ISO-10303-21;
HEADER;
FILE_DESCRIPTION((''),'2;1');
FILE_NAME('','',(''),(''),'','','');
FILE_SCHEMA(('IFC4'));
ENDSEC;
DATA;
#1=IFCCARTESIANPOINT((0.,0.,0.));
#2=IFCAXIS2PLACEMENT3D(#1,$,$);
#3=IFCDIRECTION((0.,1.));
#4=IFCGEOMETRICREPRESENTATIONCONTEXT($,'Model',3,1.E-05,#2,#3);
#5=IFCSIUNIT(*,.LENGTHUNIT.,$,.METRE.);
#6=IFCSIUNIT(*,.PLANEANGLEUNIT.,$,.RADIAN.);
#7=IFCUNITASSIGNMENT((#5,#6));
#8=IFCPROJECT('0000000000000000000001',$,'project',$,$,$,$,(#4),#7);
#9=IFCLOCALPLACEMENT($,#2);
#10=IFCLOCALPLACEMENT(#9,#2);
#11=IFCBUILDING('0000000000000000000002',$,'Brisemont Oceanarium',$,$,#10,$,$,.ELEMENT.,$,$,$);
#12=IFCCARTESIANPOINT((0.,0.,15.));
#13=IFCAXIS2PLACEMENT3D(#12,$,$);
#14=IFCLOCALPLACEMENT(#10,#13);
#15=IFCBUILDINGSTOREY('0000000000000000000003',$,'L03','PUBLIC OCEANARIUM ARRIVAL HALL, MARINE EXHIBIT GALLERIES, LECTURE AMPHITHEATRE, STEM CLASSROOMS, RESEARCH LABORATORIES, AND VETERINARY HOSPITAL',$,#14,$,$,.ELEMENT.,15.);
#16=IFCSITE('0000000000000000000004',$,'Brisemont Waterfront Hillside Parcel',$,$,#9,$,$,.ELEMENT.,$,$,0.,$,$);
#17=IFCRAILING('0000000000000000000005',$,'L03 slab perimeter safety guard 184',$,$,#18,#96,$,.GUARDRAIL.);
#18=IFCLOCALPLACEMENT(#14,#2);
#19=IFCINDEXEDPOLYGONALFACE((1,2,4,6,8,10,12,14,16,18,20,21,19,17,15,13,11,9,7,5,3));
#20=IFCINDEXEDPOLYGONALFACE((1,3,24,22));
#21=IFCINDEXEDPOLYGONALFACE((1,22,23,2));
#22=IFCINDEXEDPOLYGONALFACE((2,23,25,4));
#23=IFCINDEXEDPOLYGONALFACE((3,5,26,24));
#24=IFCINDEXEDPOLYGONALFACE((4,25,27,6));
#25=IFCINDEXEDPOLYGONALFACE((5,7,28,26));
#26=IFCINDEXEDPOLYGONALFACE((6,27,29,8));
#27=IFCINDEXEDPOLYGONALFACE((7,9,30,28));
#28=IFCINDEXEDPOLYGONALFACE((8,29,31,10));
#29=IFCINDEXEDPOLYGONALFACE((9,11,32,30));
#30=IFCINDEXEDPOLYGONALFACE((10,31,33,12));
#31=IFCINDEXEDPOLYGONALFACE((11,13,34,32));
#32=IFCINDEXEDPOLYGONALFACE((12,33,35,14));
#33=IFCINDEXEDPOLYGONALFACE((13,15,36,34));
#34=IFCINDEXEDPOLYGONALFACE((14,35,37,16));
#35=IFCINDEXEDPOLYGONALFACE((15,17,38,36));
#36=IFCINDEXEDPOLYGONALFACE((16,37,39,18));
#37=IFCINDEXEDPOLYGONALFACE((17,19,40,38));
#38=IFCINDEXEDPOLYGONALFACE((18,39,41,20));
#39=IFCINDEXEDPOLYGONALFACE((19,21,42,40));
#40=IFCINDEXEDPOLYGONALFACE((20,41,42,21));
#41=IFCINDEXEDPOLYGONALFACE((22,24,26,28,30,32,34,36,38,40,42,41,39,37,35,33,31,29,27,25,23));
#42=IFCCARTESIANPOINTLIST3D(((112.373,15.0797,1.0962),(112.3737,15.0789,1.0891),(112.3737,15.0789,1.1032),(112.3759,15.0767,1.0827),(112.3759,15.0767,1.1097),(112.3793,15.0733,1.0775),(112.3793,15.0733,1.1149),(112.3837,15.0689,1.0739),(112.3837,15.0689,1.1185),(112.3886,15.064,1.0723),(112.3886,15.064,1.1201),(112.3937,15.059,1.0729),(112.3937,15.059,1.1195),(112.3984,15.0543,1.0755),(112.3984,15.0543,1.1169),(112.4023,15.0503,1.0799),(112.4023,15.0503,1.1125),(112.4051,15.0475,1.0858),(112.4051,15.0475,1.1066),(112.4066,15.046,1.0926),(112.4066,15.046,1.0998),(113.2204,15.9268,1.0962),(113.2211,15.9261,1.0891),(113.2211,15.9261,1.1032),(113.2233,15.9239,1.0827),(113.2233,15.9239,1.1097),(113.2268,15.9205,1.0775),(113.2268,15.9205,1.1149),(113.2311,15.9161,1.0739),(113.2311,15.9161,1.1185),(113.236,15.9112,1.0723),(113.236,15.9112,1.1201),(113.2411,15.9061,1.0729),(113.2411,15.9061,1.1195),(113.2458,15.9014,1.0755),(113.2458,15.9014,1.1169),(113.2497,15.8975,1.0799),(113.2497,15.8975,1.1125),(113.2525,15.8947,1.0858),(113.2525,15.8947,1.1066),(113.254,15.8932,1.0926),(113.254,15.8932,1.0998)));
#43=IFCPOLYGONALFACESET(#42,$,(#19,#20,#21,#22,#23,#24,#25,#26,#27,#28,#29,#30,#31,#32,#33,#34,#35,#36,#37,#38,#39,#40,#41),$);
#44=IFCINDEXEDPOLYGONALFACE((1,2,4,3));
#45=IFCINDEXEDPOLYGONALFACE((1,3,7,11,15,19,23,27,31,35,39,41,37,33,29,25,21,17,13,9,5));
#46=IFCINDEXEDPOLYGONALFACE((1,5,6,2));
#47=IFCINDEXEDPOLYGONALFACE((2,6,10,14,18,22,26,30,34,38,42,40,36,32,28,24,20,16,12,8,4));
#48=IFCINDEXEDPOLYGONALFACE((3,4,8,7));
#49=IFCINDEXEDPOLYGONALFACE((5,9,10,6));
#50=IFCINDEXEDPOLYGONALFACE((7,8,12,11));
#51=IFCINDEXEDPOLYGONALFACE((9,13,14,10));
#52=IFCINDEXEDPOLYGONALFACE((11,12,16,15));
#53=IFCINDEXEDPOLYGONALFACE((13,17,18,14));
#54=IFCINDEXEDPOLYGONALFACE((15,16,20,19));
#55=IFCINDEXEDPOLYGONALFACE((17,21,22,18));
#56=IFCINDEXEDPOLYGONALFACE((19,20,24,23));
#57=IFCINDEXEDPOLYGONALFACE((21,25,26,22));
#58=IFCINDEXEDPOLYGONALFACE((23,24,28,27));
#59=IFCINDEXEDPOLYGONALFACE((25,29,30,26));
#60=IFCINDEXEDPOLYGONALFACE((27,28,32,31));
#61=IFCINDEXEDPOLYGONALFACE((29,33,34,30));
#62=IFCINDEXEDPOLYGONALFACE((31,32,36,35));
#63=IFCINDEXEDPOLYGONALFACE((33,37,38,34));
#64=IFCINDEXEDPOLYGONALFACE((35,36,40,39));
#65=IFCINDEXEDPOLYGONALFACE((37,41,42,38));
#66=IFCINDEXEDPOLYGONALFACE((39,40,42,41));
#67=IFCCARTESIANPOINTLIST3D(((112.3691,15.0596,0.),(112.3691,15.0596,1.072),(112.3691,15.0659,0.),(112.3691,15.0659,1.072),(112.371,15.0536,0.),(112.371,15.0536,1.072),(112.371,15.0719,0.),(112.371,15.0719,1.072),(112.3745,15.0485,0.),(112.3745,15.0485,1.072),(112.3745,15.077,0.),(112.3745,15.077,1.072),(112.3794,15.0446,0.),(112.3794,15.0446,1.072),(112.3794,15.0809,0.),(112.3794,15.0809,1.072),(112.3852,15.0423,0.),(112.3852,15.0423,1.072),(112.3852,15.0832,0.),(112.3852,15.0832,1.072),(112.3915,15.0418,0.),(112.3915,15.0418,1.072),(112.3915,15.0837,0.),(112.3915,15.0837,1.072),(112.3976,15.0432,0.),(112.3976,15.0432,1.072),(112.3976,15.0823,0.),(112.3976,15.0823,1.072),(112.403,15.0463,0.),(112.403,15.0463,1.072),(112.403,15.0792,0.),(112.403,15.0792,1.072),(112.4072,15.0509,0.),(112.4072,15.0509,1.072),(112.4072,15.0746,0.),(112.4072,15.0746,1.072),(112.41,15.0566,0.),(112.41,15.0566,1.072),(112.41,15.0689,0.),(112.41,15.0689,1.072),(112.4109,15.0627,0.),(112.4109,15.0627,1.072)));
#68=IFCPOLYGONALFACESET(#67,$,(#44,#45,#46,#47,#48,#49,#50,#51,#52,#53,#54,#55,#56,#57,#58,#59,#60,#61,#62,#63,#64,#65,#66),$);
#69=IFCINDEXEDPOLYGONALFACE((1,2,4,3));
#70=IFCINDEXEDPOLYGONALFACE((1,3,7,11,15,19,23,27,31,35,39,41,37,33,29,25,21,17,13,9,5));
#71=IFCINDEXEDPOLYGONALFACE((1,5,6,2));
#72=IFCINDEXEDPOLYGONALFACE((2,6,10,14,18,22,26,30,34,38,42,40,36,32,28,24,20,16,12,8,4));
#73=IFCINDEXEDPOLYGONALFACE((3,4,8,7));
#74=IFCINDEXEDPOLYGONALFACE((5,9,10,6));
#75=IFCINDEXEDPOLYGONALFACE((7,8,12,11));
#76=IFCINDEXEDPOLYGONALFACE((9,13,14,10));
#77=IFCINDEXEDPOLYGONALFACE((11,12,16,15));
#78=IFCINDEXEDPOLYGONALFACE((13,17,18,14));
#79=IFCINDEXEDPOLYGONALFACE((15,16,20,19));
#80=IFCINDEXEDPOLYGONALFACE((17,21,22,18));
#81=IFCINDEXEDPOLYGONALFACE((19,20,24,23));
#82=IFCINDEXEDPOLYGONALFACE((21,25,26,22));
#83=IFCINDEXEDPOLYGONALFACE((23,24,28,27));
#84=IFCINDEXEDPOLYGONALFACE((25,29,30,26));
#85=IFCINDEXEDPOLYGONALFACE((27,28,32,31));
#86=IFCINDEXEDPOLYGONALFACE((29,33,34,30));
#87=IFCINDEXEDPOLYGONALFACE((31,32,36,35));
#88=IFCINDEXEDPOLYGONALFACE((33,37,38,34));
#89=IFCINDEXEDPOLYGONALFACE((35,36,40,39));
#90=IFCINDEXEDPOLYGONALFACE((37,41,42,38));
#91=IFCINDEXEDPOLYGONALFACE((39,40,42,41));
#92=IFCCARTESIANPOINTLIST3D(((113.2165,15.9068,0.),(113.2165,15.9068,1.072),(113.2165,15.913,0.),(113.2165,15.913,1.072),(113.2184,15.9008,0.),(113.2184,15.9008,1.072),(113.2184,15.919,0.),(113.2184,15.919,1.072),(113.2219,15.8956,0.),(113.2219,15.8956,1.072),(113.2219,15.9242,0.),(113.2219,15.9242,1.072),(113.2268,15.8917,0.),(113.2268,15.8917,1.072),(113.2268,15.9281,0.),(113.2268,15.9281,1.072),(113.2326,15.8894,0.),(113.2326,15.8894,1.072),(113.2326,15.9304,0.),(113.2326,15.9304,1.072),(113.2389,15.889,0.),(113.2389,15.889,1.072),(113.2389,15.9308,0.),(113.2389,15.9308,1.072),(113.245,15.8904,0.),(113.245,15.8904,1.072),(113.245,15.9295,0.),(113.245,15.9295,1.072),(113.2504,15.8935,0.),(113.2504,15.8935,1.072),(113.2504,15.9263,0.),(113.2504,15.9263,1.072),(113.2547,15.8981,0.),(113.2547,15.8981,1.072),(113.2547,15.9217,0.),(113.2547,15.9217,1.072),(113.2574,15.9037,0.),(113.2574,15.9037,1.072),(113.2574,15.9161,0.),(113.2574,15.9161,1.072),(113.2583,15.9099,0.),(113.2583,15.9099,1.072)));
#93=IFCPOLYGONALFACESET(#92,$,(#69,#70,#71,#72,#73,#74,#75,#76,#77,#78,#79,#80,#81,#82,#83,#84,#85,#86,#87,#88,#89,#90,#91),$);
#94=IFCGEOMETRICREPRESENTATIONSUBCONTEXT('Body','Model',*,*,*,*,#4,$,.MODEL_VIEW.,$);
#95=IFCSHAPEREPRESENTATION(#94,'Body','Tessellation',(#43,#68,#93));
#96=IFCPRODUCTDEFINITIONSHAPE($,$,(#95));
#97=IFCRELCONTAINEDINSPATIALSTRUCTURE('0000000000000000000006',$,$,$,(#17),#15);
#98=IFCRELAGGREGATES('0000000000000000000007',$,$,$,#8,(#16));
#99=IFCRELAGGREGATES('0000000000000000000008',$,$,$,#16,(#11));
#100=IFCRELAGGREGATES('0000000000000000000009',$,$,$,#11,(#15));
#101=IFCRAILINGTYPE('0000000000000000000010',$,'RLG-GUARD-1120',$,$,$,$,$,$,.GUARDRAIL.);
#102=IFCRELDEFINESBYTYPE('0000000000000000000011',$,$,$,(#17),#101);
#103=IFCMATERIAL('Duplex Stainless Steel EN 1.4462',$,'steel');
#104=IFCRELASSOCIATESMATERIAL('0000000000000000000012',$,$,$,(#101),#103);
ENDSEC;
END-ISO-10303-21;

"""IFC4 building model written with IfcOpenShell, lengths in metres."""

from ifc_helpers import new_model, si_unit, direction, frame, origin, origin_2d, place, context, subcontext, project, spatial, circle, extrude, material, type_object, element, save


model = new_model("IFC4")

# Units and contexts
model_context = context("Model", 3, precision=1e-05, world=origin(), true_north=direction((0.0, 1.0)))
body_context = subcontext(model_context, "Body", "Model", "MODEL_VIEW")
ifc_project = project(units=[si_unit("LENGTHUNIT", "METRE"), si_unit("PLANEANGLEUNIT", "RADIAN")], contexts=[model_context])

# Site, building, storey
site_placement = place(None, origin())
site = spatial("IfcSite", under=ifc_project, at=site_placement, Name="Brisemont Waterfront Hillside Parcel", CompositionType="ELEMENT", RefElevation=0.0)
building_placement = place(site_placement, origin())
building = spatial("IfcBuilding", under=site, at=building_placement, Name="Brisemont Oceanarium", CompositionType="ELEMENT")
storey_placement = place(building_placement, frame((0.0, 0.0, 15.0)))
storey = spatial("IfcBuildingStorey", under=building, at=storey_placement, Name="L03", Description="PUBLIC OCEANARIUM ARRIVAL HALL, MARINE EXHIBIT GALLERIES, LECTURE AMPHITHEATRE, STEM CLASSROOMS, RESEARCH LABORATORIES, AND VETERINARY HOSPITAL", CompositionType="ELEMENT", Elevation=15.0)

# Railing
ifc_material_1 = material(Name="Duplex Stainless Steel EN 1.4462", Category="steel")
railing_type = type_object("IfcRailingType", Name="RLG-GUARD-1120", PredefinedType="GUARDRAIL", material=ifc_material_1)
railing_1_placement = place(storey_placement, frame((112.3899, 15.0627, 0.0)))
element("IfcRailing", 1, at=railing_1_placement, inside=storey, type_object=railing_type, Name="L03 slab perimeter safety guard 184", PredefinedType="GUARDRAIL", context=body_context, shape_type="SweptSolid", body=[
    extrude(circle(Radius=0.0239, at=origin_2d()), frame((0.0, 0.0, 1.0962), z_axis=(0.707209, 0.707005, 0.0), x_axis=(-0.707005, 0.707209, 0.0)), (0.0, 0.0, 1.0), 1.1982),
    extrude(circle(Radius=0.021, at=origin_2d()), origin(), (0.0, 0.0, 1.0), 1.072),
    extrude(circle(Radius=0.021, at=origin_2d()), frame((0.8474, 0.8472, 0.0)), (0.0, 0.0, 1.0), 1.072),
])

save(model, "model.ifc")
